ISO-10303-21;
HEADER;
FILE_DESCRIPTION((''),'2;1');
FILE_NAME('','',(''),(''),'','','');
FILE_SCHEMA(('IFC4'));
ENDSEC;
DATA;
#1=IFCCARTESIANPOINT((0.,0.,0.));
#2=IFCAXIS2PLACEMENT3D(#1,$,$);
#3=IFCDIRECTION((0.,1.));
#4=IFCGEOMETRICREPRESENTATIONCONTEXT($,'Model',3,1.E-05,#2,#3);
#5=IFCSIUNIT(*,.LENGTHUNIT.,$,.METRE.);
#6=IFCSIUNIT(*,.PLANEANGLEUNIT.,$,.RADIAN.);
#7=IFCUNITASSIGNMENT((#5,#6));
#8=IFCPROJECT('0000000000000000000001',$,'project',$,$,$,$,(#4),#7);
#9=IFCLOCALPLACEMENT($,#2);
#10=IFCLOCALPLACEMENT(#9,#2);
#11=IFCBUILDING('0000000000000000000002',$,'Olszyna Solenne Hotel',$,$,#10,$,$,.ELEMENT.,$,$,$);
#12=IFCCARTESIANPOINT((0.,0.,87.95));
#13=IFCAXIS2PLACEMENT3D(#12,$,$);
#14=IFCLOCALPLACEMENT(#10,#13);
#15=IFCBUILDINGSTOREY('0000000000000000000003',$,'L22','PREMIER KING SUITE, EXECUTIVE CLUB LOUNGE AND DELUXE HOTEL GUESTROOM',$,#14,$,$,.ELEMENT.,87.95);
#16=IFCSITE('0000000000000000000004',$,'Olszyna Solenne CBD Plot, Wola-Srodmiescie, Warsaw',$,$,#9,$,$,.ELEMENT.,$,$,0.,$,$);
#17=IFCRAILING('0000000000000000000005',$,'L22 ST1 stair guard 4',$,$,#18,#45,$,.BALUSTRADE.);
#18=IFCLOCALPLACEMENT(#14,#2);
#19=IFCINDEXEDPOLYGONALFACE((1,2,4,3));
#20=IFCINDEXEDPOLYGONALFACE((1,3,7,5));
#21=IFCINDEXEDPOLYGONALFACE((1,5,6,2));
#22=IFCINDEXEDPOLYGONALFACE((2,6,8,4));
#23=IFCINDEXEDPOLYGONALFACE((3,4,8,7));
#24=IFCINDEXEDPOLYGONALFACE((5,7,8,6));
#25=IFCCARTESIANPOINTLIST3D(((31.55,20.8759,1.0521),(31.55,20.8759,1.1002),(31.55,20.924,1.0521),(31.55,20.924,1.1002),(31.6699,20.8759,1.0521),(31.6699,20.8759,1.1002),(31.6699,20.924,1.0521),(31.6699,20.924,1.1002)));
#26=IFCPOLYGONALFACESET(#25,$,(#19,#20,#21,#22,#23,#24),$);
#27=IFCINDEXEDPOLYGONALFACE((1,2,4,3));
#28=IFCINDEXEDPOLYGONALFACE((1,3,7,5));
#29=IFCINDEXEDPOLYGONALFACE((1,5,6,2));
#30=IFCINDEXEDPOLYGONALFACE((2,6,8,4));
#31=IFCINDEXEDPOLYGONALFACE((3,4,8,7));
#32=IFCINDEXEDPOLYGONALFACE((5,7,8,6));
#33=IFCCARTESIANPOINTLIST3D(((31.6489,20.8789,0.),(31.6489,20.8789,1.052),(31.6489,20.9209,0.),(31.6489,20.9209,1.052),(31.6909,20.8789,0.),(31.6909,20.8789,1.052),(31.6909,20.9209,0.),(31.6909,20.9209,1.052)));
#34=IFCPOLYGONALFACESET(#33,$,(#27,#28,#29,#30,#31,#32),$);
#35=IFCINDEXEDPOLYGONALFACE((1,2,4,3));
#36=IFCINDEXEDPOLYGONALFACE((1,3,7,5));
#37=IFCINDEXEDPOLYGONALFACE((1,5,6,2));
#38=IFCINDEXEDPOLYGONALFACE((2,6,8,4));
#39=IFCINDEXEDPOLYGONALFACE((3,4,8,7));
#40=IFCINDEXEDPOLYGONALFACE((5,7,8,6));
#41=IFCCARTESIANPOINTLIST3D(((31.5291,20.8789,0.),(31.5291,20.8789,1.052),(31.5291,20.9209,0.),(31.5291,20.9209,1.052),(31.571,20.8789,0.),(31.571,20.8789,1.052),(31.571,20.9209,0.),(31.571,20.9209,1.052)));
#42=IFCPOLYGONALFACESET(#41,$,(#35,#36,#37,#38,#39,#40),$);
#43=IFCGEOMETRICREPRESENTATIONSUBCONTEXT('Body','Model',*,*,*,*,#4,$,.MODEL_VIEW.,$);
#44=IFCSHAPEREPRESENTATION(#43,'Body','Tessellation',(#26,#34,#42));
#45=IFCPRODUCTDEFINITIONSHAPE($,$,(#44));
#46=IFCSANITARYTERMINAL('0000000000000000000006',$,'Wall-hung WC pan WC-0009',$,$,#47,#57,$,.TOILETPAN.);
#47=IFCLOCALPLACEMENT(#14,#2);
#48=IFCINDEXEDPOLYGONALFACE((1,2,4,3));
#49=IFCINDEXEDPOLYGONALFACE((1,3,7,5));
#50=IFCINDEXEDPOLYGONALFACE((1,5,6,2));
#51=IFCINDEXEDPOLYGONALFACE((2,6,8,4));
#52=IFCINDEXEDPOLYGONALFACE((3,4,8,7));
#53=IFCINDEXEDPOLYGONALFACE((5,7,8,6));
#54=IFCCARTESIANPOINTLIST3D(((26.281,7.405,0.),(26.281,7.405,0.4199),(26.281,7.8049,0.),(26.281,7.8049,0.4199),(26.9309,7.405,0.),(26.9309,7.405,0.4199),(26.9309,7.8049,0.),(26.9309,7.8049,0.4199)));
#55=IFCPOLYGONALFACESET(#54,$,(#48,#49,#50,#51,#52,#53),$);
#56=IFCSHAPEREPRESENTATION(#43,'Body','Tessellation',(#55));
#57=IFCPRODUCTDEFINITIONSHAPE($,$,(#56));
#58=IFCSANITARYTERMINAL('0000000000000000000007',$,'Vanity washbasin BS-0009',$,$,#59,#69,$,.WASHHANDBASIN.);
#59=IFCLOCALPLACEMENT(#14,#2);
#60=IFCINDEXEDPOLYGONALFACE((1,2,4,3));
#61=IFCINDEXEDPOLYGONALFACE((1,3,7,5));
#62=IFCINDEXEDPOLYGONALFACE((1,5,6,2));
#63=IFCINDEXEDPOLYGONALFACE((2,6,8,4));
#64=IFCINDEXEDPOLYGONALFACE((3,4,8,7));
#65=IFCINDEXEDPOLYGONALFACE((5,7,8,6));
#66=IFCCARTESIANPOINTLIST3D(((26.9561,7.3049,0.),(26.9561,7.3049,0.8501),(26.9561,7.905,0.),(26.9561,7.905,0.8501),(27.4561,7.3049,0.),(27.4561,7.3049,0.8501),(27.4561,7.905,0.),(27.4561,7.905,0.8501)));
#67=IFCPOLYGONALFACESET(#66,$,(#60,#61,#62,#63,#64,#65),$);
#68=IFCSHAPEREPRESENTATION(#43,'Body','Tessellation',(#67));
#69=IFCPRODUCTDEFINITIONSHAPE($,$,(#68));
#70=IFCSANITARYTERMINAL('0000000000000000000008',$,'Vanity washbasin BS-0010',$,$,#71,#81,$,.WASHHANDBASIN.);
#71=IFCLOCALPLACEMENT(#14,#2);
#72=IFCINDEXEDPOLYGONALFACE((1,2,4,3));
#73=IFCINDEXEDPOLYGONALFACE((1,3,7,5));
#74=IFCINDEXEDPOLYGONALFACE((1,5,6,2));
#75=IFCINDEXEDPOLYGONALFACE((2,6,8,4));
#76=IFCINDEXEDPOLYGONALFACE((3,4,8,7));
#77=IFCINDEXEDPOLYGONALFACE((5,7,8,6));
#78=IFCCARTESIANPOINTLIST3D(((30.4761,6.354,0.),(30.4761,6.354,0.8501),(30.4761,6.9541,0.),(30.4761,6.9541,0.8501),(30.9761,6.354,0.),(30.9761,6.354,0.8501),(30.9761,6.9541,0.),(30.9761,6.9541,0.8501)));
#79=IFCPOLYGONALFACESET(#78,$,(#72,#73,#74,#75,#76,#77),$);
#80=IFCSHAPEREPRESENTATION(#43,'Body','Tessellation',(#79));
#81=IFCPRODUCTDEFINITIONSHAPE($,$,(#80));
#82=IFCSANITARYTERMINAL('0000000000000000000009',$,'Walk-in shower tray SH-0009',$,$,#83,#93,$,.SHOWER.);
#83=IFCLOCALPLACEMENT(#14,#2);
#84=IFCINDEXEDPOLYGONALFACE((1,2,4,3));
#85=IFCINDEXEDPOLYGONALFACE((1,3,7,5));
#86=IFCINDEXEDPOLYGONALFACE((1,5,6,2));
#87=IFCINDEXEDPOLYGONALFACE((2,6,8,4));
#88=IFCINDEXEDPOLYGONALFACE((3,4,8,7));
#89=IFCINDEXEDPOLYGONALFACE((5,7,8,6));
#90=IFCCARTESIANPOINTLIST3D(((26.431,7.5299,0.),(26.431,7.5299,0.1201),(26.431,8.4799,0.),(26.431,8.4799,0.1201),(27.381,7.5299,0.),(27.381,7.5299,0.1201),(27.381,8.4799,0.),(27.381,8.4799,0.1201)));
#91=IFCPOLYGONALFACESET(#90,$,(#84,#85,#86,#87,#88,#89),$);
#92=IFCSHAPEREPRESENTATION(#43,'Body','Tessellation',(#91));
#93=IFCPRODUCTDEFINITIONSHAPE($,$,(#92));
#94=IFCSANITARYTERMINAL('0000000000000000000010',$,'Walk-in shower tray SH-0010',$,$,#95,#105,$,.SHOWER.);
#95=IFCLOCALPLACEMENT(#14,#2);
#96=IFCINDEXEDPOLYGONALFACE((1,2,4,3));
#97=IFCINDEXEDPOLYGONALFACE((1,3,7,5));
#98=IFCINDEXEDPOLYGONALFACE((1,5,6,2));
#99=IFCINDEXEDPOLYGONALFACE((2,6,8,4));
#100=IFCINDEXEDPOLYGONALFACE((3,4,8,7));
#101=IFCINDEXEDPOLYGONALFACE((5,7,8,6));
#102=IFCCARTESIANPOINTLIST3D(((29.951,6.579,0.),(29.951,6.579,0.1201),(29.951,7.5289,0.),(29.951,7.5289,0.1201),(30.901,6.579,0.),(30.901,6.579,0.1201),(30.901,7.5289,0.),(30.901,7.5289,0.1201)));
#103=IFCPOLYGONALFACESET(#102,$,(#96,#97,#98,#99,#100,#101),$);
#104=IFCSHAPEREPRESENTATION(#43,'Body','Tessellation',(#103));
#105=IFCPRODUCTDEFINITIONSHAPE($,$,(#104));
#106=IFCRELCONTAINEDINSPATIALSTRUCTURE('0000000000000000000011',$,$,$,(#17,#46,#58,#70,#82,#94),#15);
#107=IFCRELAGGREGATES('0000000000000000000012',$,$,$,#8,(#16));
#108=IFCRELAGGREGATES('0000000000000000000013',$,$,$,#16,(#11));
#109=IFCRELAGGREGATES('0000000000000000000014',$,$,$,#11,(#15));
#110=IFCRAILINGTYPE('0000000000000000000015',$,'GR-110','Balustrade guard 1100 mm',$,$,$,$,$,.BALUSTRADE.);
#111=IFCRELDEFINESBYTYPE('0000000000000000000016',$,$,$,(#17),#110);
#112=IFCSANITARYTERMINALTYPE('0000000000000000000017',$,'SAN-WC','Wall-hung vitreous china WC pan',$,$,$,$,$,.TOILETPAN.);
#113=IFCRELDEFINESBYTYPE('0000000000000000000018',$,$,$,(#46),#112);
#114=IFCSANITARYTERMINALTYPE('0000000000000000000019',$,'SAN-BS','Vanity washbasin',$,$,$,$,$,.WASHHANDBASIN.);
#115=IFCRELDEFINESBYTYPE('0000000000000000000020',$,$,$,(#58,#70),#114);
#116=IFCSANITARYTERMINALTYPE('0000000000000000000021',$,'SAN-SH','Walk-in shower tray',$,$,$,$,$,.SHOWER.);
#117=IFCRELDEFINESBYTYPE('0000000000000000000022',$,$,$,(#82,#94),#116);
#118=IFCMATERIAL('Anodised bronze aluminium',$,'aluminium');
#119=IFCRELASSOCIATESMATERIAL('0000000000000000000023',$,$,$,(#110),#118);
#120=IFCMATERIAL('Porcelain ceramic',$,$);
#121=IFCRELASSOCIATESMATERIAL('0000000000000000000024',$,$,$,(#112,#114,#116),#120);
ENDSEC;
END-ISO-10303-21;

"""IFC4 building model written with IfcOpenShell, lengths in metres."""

from ifc_helpers import new_model, si_unit, direction, frame, origin, origin_2d, place, context, subcontext, project, spatial, rectangle, extrude, source, transform, mapped, material, type_object, element, save


model = new_model("IFC4")

# Units and contexts
model_context = context("Model", 3, precision=1e-05, world=origin(), true_north=direction((0.0, 1.0)))
body_context = subcontext(model_context, "Body", "Model", "MODEL_VIEW")
ifc_project = project(units=[si_unit("LENGTHUNIT", "METRE"), si_unit("PLANEANGLEUNIT", "RADIAN")], contexts=[model_context])

# Site, building, storey
site_placement = place(None, origin())
site = spatial("IfcSite", under=ifc_project, at=site_placement, Name="Olszyna Solenne CBD Plot, Wola-Srodmiescie, Warsaw", CompositionType="ELEMENT", RefElevation=0.0)
building_placement = place(site_placement, origin())
building = spatial("IfcBuilding", under=site, at=building_placement, Name="Olszyna Solenne Hotel", CompositionType="ELEMENT")
storey_placement = place(building_placement, frame((0.0, 0.0, 87.95)))
storey = spatial("IfcBuildingStorey", under=building, at=storey_placement, Name="L22", Description="PREMIER KING SUITE, EXECUTIVE CLUB LOUNGE AND DELUXE HOTEL GUESTROOM", CompositionType="ELEMENT", Elevation=87.95)

# Railing
ifc_material_1 = material(Name="Anodised bronze aluminium", Category="aluminium")
railing_type = type_object("IfcRailingType", Name="GR-110", Description="Balustrade guard 1100 mm", PredefinedType="BALUSTRADE", material=ifc_material_1)
railing_1_placement = place(storey_placement, frame((31.6699, 20.8999, 0.0)))
element("IfcRailing", 1, at=railing_1_placement, inside=storey, type_object=railing_type, Name="L22 ST1 stair guard 4", PredefinedType="BALUSTRADE", context=body_context, shape_type="SweptSolid", body=[
    extrude(rectangle(XDim=0.0481, YDim=0.0481, at=origin_2d()), frame((0.0, 0.0, 1.0762), z_axis=(-1.0, 0.0, 0.0), x_axis=(0.0, -1.0, 0.0)), (0.0, 0.0, 1.0), 0.1199),
    extrude(rectangle(XDim=0.042, YDim=0.042, at=origin_2d()), origin(), (0.0, 0.0, 1.0), 1.052),
    extrude(rectangle(XDim=0.042, YDim=0.042, at=origin_2d()), frame((-0.1199, 0.0, 0.0)), (0.0, 0.0, 1.0), 1.052),
])

# Sanitary terminals
ifc_material_2 = material(Name="Porcelain ceramic")
sanitary_terminal_type_1 = type_object("IfcSanitaryTerminalType", Name="SAN-WC", Description="Wall-hung vitreous china WC pan", PredefinedType="TOILETPAN", material=ifc_material_2)
shared_shape_1 = source(origin(), body_context, "Body", "SweptSolid", [
    extrude(rectangle(XDim=0.6499, YDim=0.3999, at=origin_2d()), origin(), (0.0, 0.0, 1.0), 0.4199),
])
sanitary_terminal_placement = place(storey_placement, frame((26.606, 7.605, 0.0), z_axis=(0.0, 0.0, 1.0), x_axis=(1.0, 0.0, 0.0)))
element("IfcSanitaryTerminal", 2, at=sanitary_terminal_placement, inside=storey, type_object=sanitary_terminal_type_1, Name="Wall-hung WC pan WC-0009", PredefinedType="TOILETPAN", context=body_context, shape_type="MappedRepresentation", body=[
    mapped(shared_shape_1, transform((0.0, 0.0, 0.0), x_axis=(1.0, 0.0, 0.0), y_axis=(0.0, 1.0, 0.0), z_axis=(0.0, 0.0, 1.0), scale=1.0)),
])
sanitary_terminal_type_2 = type_object("IfcSanitaryTerminalType", Name="SAN-BS", Description="Vanity washbasin", PredefinedType="WASHHANDBASIN", material=ifc_material_2)
shared_shape_2 = source(origin(), body_context, "Body", "SweptSolid", [
    extrude(rectangle(XDim=0.5, YDim=0.6001, at=origin_2d()), origin(), (0.0, 0.0, 1.0), 0.8501),
])
for number, where, z_axis, x_axis, name in (
    (3, (27.2061, 7.605, 0.0), (0.0, 0.0, 1.0), (1.0, 0.0, 0.0), "Vanity washbasin BS-0009"),
    (4, (30.7261, 6.6541, 0.0), (0.0, 0.0, 1.0), (1.0, 0.0, 0.0), "Vanity washbasin BS-0010"),
):
    element("IfcSanitaryTerminal", number, at=place(storey_placement, frame(where, z_axis=z_axis, x_axis=x_axis)), inside=storey, type_object=sanitary_terminal_type_2, Name=name, PredefinedType="WASHHANDBASIN", context=body_context, shape_type="MappedRepresentation", body=[
        mapped(shared_shape_2, transform((0.0, 0.0, 0.0), x_axis=(1.0, 0.0, 0.0), y_axis=(0.0, 1.0, 0.0), z_axis=(0.0, 0.0, 1.0), scale=1.0)),
    ])
sanitary_terminal_type_3 = type_object("IfcSanitaryTerminalType", Name="SAN-SH", Description="Walk-in shower tray", PredefinedType="SHOWER", material=ifc_material_2)
shared_shape_3 = source(origin(), body_context, "Body", "SweptSolid", [
    extrude(rectangle(XDim=0.95, YDim=0.95, at=origin_2d()), origin(), (0.0, 0.0, 1.0), 0.1201),
])
for number, where, z_axis, x_axis, name in (
    (5, (26.906, 8.0049, 0.0), (0.0, 0.0, 1.0), (1.0, 0.0, 0.0), "Walk-in shower tray SH-0009"),
    (6, (30.426, 7.054, 0.0), (0.0, 0.0, 1.0), (1.0, 0.0, 0.0), "Walk-in shower tray SH-0010"),
):
    element("IfcSanitaryTerminal", number, at=place(storey_placement, frame(where, z_axis=z_axis, x_axis=x_axis)), inside=storey, type_object=sanitary_terminal_type_3, Name=name, PredefinedType="SHOWER", context=body_context, shape_type="MappedRepresentation", body=[
        mapped(shared_shape_3, transform((0.0, 0.0, 0.0), x_axis=(1.0, 0.0, 0.0), y_axis=(0.0, 1.0, 0.0), z_axis=(0.0, 0.0, 1.0), scale=1.0)),
    ])

save(model, "model.ifc")
